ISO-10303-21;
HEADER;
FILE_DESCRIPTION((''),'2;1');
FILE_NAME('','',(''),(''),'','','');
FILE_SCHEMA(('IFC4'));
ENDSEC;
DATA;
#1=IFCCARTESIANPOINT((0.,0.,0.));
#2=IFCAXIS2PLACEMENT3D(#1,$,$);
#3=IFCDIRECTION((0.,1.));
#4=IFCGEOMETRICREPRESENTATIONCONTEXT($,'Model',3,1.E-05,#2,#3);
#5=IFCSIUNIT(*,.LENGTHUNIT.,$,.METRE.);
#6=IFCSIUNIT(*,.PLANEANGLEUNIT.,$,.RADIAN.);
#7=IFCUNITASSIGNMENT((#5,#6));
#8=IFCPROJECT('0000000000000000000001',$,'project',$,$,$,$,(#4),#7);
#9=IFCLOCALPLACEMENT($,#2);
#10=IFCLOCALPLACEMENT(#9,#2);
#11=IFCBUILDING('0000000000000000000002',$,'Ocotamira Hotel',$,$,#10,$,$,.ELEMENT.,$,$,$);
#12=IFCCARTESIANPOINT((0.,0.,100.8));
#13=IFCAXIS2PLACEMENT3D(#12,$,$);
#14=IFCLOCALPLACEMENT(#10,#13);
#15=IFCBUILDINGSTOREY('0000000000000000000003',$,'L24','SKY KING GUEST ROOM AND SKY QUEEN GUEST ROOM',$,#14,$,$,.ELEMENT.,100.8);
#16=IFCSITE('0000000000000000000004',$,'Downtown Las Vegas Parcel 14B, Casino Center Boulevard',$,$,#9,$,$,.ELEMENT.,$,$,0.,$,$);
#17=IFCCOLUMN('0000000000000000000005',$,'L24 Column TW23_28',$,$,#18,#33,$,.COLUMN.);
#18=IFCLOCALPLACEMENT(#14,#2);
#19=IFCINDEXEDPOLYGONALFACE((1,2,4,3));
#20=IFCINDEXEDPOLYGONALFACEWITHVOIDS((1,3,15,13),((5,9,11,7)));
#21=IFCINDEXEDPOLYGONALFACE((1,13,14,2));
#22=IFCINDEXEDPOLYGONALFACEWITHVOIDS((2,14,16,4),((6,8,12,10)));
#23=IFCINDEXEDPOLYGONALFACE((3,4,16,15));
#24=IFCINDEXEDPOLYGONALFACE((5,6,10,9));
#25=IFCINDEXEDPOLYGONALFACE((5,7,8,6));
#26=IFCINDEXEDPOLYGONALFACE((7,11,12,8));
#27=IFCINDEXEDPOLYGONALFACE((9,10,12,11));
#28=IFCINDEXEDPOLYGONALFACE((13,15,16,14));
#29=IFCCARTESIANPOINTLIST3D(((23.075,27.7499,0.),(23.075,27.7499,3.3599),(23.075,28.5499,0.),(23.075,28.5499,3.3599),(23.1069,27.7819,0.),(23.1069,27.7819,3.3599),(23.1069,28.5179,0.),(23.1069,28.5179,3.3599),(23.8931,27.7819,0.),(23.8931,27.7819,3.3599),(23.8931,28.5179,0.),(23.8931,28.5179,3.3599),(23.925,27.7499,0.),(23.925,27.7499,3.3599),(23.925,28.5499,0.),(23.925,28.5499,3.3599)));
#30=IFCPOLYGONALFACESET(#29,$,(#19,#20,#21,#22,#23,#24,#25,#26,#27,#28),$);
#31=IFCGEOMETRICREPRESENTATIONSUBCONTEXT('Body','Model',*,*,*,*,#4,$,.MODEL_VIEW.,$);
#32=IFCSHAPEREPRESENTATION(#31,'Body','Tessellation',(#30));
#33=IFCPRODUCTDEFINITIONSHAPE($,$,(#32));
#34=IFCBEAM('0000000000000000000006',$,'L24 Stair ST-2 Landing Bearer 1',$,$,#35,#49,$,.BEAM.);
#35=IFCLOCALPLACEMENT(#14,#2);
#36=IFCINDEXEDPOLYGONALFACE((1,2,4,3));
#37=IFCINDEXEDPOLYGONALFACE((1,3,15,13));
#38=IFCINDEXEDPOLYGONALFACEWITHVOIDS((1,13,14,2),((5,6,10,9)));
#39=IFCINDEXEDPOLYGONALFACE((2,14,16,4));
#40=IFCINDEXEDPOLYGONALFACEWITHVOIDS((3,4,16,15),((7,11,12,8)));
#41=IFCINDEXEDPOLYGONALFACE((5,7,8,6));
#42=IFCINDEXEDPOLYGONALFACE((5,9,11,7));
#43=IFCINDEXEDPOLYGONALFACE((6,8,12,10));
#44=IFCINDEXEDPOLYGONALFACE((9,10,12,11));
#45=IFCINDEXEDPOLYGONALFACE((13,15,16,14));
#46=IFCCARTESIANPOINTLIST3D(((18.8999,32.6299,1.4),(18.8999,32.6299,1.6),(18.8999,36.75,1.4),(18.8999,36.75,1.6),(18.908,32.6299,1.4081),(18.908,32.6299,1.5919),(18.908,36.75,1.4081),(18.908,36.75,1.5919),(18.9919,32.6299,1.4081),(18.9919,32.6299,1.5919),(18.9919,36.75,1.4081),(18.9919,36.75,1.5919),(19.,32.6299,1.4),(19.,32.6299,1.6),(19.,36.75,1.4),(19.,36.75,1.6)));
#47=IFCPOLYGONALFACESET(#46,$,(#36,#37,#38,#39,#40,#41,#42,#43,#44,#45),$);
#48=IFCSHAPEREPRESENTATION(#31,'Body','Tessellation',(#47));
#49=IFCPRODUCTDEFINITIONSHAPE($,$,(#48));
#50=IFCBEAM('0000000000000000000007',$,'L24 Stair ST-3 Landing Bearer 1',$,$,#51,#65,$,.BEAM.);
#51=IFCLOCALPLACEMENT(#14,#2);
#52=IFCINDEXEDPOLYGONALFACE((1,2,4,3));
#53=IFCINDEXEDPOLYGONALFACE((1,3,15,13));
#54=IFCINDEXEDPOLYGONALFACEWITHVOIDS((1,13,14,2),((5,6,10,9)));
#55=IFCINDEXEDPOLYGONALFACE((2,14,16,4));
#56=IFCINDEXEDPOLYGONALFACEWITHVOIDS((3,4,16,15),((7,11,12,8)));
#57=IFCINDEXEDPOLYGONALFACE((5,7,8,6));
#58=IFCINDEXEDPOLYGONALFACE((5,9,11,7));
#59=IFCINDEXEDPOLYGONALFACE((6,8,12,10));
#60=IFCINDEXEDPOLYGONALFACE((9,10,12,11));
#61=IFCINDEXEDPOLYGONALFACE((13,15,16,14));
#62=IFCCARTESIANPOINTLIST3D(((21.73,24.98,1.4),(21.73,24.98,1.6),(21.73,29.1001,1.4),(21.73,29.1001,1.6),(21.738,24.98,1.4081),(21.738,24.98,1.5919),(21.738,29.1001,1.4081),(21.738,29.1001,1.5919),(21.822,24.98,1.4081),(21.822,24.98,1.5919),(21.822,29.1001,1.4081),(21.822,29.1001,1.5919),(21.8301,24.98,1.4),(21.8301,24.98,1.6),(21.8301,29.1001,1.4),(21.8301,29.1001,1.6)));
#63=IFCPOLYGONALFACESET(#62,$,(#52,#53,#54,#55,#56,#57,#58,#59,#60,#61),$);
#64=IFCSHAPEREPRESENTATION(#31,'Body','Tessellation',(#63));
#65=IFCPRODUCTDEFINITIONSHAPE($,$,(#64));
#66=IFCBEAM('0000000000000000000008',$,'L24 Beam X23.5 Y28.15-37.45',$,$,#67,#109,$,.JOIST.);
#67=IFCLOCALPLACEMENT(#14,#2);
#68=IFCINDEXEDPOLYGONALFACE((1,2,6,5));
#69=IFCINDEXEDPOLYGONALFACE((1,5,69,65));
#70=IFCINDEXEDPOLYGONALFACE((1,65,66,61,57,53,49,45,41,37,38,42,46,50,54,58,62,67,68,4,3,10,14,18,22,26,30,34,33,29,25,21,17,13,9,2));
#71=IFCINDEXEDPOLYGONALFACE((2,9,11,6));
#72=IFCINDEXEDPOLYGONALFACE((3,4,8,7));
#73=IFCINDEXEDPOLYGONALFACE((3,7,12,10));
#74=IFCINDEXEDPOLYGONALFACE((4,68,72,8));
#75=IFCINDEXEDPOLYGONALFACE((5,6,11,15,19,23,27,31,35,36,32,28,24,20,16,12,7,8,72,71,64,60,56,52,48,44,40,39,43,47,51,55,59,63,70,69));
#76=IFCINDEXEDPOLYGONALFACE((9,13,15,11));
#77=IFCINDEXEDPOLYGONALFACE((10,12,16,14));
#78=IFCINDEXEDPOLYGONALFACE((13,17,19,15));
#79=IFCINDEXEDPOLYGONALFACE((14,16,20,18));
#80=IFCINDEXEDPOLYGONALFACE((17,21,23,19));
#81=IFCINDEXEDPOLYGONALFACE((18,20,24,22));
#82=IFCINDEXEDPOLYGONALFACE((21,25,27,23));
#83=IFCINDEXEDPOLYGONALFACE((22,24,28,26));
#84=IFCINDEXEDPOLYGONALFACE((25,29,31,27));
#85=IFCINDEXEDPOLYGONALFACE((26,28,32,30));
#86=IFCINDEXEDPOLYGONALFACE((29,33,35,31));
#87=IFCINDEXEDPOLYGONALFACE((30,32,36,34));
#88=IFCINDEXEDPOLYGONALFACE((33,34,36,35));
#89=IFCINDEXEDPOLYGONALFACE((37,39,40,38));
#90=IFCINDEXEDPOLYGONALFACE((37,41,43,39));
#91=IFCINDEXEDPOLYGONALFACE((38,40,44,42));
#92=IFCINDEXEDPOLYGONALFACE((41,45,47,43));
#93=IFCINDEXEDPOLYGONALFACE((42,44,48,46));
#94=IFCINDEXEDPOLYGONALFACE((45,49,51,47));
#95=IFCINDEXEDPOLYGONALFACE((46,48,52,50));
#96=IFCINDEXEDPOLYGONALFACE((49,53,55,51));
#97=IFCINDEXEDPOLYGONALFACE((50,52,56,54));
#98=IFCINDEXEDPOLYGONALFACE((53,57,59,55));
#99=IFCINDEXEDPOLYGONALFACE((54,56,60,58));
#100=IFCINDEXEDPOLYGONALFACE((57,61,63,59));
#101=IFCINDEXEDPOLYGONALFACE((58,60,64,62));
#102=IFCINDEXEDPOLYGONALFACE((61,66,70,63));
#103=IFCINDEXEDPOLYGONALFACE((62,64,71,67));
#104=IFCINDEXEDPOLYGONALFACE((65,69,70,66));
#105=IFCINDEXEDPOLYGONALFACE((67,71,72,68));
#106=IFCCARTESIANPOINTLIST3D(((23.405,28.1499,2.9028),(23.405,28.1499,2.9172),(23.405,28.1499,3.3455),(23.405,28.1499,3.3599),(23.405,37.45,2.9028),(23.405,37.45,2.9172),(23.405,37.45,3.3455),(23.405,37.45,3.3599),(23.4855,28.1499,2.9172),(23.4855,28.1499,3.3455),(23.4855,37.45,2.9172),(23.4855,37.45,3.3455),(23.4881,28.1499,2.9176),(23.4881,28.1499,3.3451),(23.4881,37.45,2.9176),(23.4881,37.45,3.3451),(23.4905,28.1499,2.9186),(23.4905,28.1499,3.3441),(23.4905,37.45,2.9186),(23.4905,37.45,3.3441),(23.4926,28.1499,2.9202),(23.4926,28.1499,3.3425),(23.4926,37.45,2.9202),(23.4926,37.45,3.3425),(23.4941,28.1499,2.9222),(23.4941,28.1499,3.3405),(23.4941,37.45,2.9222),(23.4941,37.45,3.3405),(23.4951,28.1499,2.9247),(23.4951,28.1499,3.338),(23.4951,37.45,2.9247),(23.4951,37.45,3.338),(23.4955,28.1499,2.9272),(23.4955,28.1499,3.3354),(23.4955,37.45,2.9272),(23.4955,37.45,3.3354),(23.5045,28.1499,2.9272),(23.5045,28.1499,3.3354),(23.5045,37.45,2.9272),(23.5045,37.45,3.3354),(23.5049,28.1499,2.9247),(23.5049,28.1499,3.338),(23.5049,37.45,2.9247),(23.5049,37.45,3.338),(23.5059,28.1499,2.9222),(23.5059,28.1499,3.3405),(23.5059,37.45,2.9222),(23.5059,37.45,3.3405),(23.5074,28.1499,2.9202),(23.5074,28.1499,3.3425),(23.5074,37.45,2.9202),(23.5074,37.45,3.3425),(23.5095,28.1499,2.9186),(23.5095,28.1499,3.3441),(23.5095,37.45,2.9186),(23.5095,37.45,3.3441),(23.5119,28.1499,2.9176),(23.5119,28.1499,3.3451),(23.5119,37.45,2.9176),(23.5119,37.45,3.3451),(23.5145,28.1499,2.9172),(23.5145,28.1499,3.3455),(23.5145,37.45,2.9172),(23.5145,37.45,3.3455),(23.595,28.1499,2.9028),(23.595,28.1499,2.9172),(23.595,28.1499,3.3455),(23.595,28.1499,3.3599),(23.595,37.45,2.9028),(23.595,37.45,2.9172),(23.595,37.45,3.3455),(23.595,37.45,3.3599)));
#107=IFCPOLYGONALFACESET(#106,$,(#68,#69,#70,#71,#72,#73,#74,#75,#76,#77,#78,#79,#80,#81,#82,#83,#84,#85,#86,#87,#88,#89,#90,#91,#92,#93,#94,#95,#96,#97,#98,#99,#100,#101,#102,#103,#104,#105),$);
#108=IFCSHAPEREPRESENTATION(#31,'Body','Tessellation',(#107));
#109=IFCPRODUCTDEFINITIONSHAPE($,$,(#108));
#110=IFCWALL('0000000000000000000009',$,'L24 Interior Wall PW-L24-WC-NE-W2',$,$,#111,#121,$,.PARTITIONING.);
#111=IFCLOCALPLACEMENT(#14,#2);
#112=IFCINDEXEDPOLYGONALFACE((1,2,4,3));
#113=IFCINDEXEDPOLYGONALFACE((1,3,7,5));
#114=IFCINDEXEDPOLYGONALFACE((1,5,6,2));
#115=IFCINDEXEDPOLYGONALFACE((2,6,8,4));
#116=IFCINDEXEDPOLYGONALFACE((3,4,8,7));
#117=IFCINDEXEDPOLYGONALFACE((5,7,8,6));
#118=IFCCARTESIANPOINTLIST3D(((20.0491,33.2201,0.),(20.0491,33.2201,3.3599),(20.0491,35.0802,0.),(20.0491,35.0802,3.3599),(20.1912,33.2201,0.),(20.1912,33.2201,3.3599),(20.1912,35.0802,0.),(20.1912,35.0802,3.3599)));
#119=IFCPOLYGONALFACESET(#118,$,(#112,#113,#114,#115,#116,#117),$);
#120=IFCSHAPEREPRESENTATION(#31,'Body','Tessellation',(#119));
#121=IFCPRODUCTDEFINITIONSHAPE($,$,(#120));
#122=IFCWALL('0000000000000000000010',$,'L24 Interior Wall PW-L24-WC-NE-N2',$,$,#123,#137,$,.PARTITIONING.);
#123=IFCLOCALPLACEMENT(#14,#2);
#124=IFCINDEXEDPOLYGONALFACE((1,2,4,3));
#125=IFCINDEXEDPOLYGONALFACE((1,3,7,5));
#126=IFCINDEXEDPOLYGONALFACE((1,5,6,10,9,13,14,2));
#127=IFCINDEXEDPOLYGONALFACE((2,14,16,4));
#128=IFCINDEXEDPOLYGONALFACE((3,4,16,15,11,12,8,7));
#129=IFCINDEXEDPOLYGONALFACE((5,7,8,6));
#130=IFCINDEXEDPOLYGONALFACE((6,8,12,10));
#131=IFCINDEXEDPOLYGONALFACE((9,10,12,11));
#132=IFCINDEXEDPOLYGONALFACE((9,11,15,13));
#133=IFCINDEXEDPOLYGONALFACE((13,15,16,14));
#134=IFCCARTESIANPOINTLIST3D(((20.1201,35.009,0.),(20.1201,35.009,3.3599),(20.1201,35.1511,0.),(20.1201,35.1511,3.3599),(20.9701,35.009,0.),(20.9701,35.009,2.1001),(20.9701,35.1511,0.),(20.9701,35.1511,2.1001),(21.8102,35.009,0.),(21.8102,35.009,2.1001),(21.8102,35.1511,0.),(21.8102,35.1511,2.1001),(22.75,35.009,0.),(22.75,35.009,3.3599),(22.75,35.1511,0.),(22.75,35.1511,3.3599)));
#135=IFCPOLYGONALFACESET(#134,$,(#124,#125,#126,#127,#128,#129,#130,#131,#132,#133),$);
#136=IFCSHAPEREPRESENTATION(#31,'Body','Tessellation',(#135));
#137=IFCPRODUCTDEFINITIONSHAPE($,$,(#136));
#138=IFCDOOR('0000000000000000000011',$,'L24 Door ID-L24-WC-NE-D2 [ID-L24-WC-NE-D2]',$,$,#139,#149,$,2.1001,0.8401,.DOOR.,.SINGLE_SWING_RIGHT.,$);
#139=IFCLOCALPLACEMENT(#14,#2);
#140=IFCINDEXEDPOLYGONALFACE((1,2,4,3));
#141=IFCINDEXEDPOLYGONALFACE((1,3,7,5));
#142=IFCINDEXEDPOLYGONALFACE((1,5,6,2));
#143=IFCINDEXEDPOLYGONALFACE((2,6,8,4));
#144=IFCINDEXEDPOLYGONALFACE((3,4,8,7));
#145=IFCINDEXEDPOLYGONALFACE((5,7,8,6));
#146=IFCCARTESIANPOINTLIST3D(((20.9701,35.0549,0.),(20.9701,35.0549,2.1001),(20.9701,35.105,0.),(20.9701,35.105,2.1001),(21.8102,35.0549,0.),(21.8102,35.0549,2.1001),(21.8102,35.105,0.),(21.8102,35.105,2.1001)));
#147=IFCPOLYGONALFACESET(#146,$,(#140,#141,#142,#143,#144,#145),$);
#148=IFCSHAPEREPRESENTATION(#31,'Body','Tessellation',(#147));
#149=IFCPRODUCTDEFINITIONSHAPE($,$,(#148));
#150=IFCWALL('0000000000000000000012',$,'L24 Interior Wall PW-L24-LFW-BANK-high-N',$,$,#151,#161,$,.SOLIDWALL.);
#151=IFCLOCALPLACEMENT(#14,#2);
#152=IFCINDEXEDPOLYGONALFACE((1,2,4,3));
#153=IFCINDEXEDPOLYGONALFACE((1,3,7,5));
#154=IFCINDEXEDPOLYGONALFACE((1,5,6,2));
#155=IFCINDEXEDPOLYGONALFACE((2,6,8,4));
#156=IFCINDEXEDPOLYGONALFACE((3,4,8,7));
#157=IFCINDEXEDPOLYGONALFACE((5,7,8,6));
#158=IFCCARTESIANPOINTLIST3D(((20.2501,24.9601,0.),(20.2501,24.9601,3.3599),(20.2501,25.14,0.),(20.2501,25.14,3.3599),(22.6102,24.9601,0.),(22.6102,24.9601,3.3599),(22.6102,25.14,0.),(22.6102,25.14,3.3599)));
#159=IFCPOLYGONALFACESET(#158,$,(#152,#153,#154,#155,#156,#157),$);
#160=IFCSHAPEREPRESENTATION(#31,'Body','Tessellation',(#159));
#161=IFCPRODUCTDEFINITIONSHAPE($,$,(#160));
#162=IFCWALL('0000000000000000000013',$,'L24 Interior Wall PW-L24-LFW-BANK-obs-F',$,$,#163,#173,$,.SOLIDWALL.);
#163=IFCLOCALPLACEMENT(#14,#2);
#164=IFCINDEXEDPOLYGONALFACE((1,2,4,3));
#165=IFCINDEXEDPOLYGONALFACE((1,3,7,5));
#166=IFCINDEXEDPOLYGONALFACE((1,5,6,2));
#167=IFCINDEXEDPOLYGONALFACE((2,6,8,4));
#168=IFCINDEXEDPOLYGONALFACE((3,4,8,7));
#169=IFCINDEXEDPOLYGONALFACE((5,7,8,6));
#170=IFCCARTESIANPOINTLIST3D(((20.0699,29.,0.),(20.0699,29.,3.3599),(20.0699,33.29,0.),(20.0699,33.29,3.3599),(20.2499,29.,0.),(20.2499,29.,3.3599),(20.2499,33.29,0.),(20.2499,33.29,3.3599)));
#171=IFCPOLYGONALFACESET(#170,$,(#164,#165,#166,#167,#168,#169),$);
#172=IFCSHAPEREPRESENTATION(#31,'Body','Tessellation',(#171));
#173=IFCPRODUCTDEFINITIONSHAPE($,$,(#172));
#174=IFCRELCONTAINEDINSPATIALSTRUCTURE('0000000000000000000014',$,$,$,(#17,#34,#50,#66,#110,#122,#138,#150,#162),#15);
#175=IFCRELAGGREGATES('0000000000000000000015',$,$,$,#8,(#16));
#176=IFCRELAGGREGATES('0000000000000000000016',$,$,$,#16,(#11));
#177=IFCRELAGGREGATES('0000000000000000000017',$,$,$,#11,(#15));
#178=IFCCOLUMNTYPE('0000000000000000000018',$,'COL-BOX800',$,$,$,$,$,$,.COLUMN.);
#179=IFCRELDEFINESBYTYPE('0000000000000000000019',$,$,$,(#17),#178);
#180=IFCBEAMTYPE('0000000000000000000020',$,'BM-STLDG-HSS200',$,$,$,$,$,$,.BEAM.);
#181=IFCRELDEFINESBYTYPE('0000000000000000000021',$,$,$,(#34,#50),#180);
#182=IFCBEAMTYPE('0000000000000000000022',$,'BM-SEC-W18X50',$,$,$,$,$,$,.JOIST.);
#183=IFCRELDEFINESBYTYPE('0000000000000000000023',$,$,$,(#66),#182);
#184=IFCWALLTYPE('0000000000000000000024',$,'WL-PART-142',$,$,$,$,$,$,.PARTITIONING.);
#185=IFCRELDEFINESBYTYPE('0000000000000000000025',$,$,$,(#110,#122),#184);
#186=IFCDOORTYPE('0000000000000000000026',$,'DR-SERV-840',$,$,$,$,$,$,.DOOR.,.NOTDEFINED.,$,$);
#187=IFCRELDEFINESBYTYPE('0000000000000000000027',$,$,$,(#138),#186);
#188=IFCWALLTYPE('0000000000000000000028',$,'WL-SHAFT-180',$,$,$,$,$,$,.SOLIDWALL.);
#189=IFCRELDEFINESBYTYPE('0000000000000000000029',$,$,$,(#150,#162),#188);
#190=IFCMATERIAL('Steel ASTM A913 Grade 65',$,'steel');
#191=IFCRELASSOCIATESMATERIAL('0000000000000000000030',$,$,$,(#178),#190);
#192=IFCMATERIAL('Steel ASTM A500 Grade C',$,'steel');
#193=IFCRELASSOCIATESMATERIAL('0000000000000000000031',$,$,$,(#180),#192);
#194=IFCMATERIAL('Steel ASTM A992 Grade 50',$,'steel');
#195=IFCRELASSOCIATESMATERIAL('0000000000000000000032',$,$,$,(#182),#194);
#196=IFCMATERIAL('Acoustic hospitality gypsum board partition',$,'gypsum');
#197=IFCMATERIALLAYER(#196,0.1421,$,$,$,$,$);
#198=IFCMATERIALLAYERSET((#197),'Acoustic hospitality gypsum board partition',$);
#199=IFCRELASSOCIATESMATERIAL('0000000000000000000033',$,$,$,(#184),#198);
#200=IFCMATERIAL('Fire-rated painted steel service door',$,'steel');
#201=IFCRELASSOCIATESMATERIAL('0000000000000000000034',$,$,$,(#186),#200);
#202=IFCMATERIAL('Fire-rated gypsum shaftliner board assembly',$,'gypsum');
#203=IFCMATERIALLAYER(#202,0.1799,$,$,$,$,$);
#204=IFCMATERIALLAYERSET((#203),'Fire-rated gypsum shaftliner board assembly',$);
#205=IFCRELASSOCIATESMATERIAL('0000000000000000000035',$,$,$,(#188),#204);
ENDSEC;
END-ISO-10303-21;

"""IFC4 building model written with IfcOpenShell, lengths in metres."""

from ifc_helpers import new_model, si_unit, direction, frame, frame_2d, origin, origin_2d, place, context, subcontext, project, spatial, rectangle, hollow_rectangle, i_section, extrude, source, transform, mapped, material, layer, layer_set, material_profile, profile_set, type_object, element, fill, save


model = new_model("IFC4")

# Units and contexts
model_context = context("Model", 3, precision=1e-05, world=origin(), true_north=direction((0.0, 1.0)))
body_context = subcontext(model_context, "Body", "Model", "MODEL_VIEW")
ifc_project = project(units=[si_unit("LENGTHUNIT", "METRE"), si_unit("PLANEANGLEUNIT", "RADIAN")], contexts=[model_context])

# Site, building, storey
site_placement = place(None, origin())
site = spatial("IfcSite", under=ifc_project, at=site_placement, Name="Downtown Las Vegas Parcel 14B, Casino Center Boulevard", CompositionType="ELEMENT", RefElevation=0.0)
building_placement = place(site_placement, origin())
building = spatial("IfcBuilding", under=site, at=building_placement, Name="Ocotamira Hotel", CompositionType="ELEMENT")
storey_placement = place(building_placement, frame((0.0, 0.0, 100.8)))
storey = spatial("IfcBuildingStorey", under=building, at=storey_placement, Name="L24", Description="SKY KING GUEST ROOM AND SKY QUEEN GUEST ROOM", CompositionType="ELEMENT", Elevation=100.8)

# Column
ifc_material_1 = material(Name="Steel ASTM A913 Grade 65", Category="steel")
ifc_material_profile_1 = material_profile(ifc_material_1, hollow_rectangle(XDim=0.8501, YDim=0.8, WallThickness=0.032, at=origin_2d()), Name="BOX800X850X32")
ifc_profile_set_1 = profile_set([ifc_material_profile_1], Name="Steel ASTM A913 Grade 65")
column_type = type_object("IfcColumnType", Name="COL-BOX800", PredefinedType="COLUMN", material=ifc_profile_set_1)
shared_shape_1 = source(origin(), body_context, "Body", "SweptSolid", [
    extrude(hollow_rectangle(XDim=0.8501, YDim=0.8, WallThickness=0.032, at=origin_2d()), origin(), (0.0, 0.0, 1.0), 3.3599),
])
column_placement = place(storey_placement, frame((23.5, 28.1499, 0.0), z_axis=(0.0, 0.0, 1.0), x_axis=(1.0, 0.0, 0.0)))
element("IfcColumn", 1, at=column_placement, inside=storey, type_object=column_type, Name="L24 Column TW23_28", PredefinedType="COLUMN", context=body_context, shape_type="MappedRepresentation", body=[
    mapped(shared_shape_1, transform((0.0, 0.0, 0.0), scale=1.0)),
])

# Beams
ifc_material_2 = material(Name="Steel ASTM A500 Grade C", Category="steel")
ifc_material_profile_2 = material_profile(ifc_material_2, hollow_rectangle(XDim=0.1001, YDim=0.2, WallThickness=0.0081, at=origin_2d()), Name="HSS200X100X8")
ifc_profile_set_2 = profile_set([ifc_material_profile_2], Name="Steel ASTM A500 Grade C")
beam_type_1 = type_object("IfcBeamType", Name="BM-STLDG-HSS200", PredefinedType="BEAM", material=ifc_profile_set_2)
shared_shape_2 = source(origin(), body_context, "Body", "SweptSolid", [
    extrude(hollow_rectangle(XDim=0.1001, YDim=0.2, WallThickness=0.0081, at=origin_2d()), origin(), (0.0, 0.0, 1.0), 4.1201),
])
for number, where, z_axis, x_axis, name in (
    (2, (18.95, 32.6299, 1.5), (0.0, 1.0, 0.0), (-1.0, 0.0, 0.0), "L24 Stair ST-2 Landing Bearer 1"),
    (3, (21.78, 24.98, 1.5), (0.0, 1.0, 0.0), (-1.0, 0.0, 0.0), "L24 Stair ST-3 Landing Bearer 1"),
):
    element("IfcBeam", number, at=place(storey_placement, frame(where, z_axis=z_axis, x_axis=x_axis)), inside=storey, type_object=beam_type_1, Name=name, PredefinedType="BEAM", context=body_context, shape_type="MappedRepresentation", body=[
        mapped(shared_shape_2, transform((0.0, 0.0, 0.0), scale=1.0)),
    ])
ifc_material_3 = material(Name="Steel ASTM A992 Grade 50", Category="steel")
ifc_material_profile_3 = material_profile(ifc_material_3, i_section(OverallWidth=0.1899, OverallDepth=0.457, WebThickness=0.009, FlangeThickness=0.0144, FilletRadius=0.01, at=origin_2d()), Name="W18X50")
ifc_profile_set_3 = profile_set([ifc_material_profile_3], Name="Steel ASTM A992 Grade 50")
beam_type_2 = type_object("IfcBeamType", Name="BM-SEC-W18X50", PredefinedType="JOIST", material=ifc_profile_set_3)
shared_shape_3 = source(origin(), body_context, "Body", "SweptSolid", [
    extrude(i_section(OverallWidth=0.1899, OverallDepth=0.457, WebThickness=0.009, FlangeThickness=0.0144, FilletRadius=0.01, at=origin_2d()), origin(), (0.0, 0.0, 1.0), 9.3),
])
beam_placement = place(storey_placement, frame((23.5, 28.1499, 3.1313), z_axis=(0.0, 1.0, 0.0), x_axis=(-1.0, 0.0, 0.0)))
element("IfcBeam", 4, at=beam_placement, inside=storey, type_object=beam_type_2, Name="L24 Beam X23.5 Y28.15-37.45", PredefinedType="JOIST", context=body_context, shape_type="MappedRepresentation", body=[
    mapped(shared_shape_3, transform((0.0, 0.0, 0.0), scale=1.0)),
])

# Wall
ifc_material_4 = material(Name="Acoustic hospitality gypsum board partition", Category="gypsum")
ifc_layer_1 = layer(ifc_material_4, 0.1421)
ifc_layer_set_1 = layer_set([ifc_layer_1], Name="Acoustic hospitality gypsum board partition")
wall_type_1 = type_object("IfcWallType", Name="WL-PART-142", PredefinedType="PARTITIONING", material=ifc_layer_set_1)
wall_1_placement = place(storey_placement, frame((20.1201, 33.22, 0.0), z_axis=(0.0, 0.0, 1.0), x_axis=(0.0, 1.0, 0.0)))
element("IfcWall", 5, at=wall_1_placement, inside=storey, type_object=wall_type_1, Name="L24 Interior Wall PW-L24-WC-NE-W2", PredefinedType="PARTITIONING", context=body_context, shape_type="SweptSolid", body=[
    extrude(rectangle(XDim=1.8601, YDim=0.1421, at=frame_2d((0.9302, 0.0))), origin(), (0.0, 0.0, 1.0), 3.3599),
])

# Wall, opening, door
wall_2_placement = place(storey_placement, frame((20.1201, 35.0801, 0.0), z_axis=(0.0, 0.0, 1.0), x_axis=(1.0, 0.0, 0.0)))
wall_2 = element("IfcWall", 6, at=wall_2_placement, inside=storey, type_object=wall_type_1, Name="L24 Interior Wall PW-L24-WC-NE-N2", PredefinedType="PARTITIONING", context=body_context, shape_type="SweptSolid", body=[
    extrude(rectangle(XDim=2.6299, YDim=0.1421, at=frame_2d((1.3149, 0.0))), origin(), (0.0, 0.0, 1.0), 3.3599),
])
opening_1_placement = place(wall_2_placement, frame((0.8501, 0.0, 0.0)))
opening_1 = element("IfcOpeningElement", 7, at=opening_1_placement, cuts=wall_2, PredefinedType="OPENING", context=body_context, shape_type="SweptSolid", body=[
    extrude(rectangle(XDim=0.8401, YDim=2.1001, at=frame_2d((0.4199, 1.05))), frame((0.0, 0.0811, 0.0), z_axis=(0.0, -1.0, 0.0), x_axis=(1.0, 0.0, 0.0)), (0.0, 0.0, 1.0), 0.1621),
])
ifc_material_5 = material(Name="Fire-rated painted steel service door", Category="steel")
door_type_1 = type_object("IfcDoorType", Name="DR-SERV-840", OperationType="NOTDEFINED", PredefinedType="DOOR", material=ifc_material_5)
shared_shape_4 = source(origin(), body_context, "Body", "SweptSolid", [
    extrude(rectangle(XDim=0.8401, YDim=2.1001, at=frame_2d((0.4199, 1.05))), frame((0.0, 0.0249, 0.0), z_axis=(0.0, -1.0, 0.0), x_axis=(1.0, 0.0, 0.0)), (0.0, 0.0, 1.0), 0.05),
])
door_1_placement = place(opening_1_placement, origin())
door_1 = element("IfcDoor", 8, at=door_1_placement, inside=storey, type_object=door_type_1, Name="L24 Door ID-L24-WC-NE-D2 [ID-L24-WC-NE-D2]", OperationType="SINGLE_SWING_RIGHT", OverallHeight=2.1001, OverallWidth=0.8401, PredefinedType="DOOR", context=body_context, shape_type="MappedRepresentation", body=[
    mapped(shared_shape_4, transform((0.0, 0.0, 0.0), scale=1.0)),
])
fill(opening_1, door_1)

# Walls
ifc_material_6 = material(Name="Fire-rated gypsum shaftliner board assembly", Category="gypsum")
ifc_layer_2 = layer(ifc_material_6, 0.1799)
ifc_layer_set_2 = layer_set([ifc_layer_2], Name="Fire-rated gypsum shaftliner board assembly")
wall_type_2 = type_object("IfcWallType", Name="WL-SHAFT-180", PredefinedType="SOLIDWALL", material=ifc_layer_set_2)
wall_3_placement = place(storey_placement, frame((20.25, 25.05, 0.0), z_axis=(0.0, 0.0, 1.0), x_axis=(1.0, 0.0, 0.0)))
element("IfcWall", 9, at=wall_3_placement, inside=storey, type_object=wall_type_2, Name="L24 Interior Wall PW-L24-LFW-BANK-high-N", PredefinedType="SOLIDWALL", context=body_context, shape_type="SweptSolid", body=[
    extrude(rectangle(XDim=2.3601, YDim=0.1799, at=frame_2d((1.1802, 0.0))), origin(), (0.0, 0.0, 1.0), 3.3599),
])
wall_4_placement = place(storey_placement, frame((20.1599, 29.0, 0.0), z_axis=(0.0, 0.0, 1.0), x_axis=(0.0, 1.0, 0.0)))
element("IfcWall", 10, at=wall_4_placement, inside=storey, type_object=wall_type_2, Name="L24 Interior Wall PW-L24-LFW-BANK-obs-F", PredefinedType="SOLIDWALL", context=body_context, shape_type="SweptSolid", body=[
    extrude(rectangle(XDim=4.29, YDim=0.1799, at=frame_2d((2.145, 0.0))), origin(), (0.0, 0.0, 1.0), 3.3599),
])

save(model, "model.ifc")
